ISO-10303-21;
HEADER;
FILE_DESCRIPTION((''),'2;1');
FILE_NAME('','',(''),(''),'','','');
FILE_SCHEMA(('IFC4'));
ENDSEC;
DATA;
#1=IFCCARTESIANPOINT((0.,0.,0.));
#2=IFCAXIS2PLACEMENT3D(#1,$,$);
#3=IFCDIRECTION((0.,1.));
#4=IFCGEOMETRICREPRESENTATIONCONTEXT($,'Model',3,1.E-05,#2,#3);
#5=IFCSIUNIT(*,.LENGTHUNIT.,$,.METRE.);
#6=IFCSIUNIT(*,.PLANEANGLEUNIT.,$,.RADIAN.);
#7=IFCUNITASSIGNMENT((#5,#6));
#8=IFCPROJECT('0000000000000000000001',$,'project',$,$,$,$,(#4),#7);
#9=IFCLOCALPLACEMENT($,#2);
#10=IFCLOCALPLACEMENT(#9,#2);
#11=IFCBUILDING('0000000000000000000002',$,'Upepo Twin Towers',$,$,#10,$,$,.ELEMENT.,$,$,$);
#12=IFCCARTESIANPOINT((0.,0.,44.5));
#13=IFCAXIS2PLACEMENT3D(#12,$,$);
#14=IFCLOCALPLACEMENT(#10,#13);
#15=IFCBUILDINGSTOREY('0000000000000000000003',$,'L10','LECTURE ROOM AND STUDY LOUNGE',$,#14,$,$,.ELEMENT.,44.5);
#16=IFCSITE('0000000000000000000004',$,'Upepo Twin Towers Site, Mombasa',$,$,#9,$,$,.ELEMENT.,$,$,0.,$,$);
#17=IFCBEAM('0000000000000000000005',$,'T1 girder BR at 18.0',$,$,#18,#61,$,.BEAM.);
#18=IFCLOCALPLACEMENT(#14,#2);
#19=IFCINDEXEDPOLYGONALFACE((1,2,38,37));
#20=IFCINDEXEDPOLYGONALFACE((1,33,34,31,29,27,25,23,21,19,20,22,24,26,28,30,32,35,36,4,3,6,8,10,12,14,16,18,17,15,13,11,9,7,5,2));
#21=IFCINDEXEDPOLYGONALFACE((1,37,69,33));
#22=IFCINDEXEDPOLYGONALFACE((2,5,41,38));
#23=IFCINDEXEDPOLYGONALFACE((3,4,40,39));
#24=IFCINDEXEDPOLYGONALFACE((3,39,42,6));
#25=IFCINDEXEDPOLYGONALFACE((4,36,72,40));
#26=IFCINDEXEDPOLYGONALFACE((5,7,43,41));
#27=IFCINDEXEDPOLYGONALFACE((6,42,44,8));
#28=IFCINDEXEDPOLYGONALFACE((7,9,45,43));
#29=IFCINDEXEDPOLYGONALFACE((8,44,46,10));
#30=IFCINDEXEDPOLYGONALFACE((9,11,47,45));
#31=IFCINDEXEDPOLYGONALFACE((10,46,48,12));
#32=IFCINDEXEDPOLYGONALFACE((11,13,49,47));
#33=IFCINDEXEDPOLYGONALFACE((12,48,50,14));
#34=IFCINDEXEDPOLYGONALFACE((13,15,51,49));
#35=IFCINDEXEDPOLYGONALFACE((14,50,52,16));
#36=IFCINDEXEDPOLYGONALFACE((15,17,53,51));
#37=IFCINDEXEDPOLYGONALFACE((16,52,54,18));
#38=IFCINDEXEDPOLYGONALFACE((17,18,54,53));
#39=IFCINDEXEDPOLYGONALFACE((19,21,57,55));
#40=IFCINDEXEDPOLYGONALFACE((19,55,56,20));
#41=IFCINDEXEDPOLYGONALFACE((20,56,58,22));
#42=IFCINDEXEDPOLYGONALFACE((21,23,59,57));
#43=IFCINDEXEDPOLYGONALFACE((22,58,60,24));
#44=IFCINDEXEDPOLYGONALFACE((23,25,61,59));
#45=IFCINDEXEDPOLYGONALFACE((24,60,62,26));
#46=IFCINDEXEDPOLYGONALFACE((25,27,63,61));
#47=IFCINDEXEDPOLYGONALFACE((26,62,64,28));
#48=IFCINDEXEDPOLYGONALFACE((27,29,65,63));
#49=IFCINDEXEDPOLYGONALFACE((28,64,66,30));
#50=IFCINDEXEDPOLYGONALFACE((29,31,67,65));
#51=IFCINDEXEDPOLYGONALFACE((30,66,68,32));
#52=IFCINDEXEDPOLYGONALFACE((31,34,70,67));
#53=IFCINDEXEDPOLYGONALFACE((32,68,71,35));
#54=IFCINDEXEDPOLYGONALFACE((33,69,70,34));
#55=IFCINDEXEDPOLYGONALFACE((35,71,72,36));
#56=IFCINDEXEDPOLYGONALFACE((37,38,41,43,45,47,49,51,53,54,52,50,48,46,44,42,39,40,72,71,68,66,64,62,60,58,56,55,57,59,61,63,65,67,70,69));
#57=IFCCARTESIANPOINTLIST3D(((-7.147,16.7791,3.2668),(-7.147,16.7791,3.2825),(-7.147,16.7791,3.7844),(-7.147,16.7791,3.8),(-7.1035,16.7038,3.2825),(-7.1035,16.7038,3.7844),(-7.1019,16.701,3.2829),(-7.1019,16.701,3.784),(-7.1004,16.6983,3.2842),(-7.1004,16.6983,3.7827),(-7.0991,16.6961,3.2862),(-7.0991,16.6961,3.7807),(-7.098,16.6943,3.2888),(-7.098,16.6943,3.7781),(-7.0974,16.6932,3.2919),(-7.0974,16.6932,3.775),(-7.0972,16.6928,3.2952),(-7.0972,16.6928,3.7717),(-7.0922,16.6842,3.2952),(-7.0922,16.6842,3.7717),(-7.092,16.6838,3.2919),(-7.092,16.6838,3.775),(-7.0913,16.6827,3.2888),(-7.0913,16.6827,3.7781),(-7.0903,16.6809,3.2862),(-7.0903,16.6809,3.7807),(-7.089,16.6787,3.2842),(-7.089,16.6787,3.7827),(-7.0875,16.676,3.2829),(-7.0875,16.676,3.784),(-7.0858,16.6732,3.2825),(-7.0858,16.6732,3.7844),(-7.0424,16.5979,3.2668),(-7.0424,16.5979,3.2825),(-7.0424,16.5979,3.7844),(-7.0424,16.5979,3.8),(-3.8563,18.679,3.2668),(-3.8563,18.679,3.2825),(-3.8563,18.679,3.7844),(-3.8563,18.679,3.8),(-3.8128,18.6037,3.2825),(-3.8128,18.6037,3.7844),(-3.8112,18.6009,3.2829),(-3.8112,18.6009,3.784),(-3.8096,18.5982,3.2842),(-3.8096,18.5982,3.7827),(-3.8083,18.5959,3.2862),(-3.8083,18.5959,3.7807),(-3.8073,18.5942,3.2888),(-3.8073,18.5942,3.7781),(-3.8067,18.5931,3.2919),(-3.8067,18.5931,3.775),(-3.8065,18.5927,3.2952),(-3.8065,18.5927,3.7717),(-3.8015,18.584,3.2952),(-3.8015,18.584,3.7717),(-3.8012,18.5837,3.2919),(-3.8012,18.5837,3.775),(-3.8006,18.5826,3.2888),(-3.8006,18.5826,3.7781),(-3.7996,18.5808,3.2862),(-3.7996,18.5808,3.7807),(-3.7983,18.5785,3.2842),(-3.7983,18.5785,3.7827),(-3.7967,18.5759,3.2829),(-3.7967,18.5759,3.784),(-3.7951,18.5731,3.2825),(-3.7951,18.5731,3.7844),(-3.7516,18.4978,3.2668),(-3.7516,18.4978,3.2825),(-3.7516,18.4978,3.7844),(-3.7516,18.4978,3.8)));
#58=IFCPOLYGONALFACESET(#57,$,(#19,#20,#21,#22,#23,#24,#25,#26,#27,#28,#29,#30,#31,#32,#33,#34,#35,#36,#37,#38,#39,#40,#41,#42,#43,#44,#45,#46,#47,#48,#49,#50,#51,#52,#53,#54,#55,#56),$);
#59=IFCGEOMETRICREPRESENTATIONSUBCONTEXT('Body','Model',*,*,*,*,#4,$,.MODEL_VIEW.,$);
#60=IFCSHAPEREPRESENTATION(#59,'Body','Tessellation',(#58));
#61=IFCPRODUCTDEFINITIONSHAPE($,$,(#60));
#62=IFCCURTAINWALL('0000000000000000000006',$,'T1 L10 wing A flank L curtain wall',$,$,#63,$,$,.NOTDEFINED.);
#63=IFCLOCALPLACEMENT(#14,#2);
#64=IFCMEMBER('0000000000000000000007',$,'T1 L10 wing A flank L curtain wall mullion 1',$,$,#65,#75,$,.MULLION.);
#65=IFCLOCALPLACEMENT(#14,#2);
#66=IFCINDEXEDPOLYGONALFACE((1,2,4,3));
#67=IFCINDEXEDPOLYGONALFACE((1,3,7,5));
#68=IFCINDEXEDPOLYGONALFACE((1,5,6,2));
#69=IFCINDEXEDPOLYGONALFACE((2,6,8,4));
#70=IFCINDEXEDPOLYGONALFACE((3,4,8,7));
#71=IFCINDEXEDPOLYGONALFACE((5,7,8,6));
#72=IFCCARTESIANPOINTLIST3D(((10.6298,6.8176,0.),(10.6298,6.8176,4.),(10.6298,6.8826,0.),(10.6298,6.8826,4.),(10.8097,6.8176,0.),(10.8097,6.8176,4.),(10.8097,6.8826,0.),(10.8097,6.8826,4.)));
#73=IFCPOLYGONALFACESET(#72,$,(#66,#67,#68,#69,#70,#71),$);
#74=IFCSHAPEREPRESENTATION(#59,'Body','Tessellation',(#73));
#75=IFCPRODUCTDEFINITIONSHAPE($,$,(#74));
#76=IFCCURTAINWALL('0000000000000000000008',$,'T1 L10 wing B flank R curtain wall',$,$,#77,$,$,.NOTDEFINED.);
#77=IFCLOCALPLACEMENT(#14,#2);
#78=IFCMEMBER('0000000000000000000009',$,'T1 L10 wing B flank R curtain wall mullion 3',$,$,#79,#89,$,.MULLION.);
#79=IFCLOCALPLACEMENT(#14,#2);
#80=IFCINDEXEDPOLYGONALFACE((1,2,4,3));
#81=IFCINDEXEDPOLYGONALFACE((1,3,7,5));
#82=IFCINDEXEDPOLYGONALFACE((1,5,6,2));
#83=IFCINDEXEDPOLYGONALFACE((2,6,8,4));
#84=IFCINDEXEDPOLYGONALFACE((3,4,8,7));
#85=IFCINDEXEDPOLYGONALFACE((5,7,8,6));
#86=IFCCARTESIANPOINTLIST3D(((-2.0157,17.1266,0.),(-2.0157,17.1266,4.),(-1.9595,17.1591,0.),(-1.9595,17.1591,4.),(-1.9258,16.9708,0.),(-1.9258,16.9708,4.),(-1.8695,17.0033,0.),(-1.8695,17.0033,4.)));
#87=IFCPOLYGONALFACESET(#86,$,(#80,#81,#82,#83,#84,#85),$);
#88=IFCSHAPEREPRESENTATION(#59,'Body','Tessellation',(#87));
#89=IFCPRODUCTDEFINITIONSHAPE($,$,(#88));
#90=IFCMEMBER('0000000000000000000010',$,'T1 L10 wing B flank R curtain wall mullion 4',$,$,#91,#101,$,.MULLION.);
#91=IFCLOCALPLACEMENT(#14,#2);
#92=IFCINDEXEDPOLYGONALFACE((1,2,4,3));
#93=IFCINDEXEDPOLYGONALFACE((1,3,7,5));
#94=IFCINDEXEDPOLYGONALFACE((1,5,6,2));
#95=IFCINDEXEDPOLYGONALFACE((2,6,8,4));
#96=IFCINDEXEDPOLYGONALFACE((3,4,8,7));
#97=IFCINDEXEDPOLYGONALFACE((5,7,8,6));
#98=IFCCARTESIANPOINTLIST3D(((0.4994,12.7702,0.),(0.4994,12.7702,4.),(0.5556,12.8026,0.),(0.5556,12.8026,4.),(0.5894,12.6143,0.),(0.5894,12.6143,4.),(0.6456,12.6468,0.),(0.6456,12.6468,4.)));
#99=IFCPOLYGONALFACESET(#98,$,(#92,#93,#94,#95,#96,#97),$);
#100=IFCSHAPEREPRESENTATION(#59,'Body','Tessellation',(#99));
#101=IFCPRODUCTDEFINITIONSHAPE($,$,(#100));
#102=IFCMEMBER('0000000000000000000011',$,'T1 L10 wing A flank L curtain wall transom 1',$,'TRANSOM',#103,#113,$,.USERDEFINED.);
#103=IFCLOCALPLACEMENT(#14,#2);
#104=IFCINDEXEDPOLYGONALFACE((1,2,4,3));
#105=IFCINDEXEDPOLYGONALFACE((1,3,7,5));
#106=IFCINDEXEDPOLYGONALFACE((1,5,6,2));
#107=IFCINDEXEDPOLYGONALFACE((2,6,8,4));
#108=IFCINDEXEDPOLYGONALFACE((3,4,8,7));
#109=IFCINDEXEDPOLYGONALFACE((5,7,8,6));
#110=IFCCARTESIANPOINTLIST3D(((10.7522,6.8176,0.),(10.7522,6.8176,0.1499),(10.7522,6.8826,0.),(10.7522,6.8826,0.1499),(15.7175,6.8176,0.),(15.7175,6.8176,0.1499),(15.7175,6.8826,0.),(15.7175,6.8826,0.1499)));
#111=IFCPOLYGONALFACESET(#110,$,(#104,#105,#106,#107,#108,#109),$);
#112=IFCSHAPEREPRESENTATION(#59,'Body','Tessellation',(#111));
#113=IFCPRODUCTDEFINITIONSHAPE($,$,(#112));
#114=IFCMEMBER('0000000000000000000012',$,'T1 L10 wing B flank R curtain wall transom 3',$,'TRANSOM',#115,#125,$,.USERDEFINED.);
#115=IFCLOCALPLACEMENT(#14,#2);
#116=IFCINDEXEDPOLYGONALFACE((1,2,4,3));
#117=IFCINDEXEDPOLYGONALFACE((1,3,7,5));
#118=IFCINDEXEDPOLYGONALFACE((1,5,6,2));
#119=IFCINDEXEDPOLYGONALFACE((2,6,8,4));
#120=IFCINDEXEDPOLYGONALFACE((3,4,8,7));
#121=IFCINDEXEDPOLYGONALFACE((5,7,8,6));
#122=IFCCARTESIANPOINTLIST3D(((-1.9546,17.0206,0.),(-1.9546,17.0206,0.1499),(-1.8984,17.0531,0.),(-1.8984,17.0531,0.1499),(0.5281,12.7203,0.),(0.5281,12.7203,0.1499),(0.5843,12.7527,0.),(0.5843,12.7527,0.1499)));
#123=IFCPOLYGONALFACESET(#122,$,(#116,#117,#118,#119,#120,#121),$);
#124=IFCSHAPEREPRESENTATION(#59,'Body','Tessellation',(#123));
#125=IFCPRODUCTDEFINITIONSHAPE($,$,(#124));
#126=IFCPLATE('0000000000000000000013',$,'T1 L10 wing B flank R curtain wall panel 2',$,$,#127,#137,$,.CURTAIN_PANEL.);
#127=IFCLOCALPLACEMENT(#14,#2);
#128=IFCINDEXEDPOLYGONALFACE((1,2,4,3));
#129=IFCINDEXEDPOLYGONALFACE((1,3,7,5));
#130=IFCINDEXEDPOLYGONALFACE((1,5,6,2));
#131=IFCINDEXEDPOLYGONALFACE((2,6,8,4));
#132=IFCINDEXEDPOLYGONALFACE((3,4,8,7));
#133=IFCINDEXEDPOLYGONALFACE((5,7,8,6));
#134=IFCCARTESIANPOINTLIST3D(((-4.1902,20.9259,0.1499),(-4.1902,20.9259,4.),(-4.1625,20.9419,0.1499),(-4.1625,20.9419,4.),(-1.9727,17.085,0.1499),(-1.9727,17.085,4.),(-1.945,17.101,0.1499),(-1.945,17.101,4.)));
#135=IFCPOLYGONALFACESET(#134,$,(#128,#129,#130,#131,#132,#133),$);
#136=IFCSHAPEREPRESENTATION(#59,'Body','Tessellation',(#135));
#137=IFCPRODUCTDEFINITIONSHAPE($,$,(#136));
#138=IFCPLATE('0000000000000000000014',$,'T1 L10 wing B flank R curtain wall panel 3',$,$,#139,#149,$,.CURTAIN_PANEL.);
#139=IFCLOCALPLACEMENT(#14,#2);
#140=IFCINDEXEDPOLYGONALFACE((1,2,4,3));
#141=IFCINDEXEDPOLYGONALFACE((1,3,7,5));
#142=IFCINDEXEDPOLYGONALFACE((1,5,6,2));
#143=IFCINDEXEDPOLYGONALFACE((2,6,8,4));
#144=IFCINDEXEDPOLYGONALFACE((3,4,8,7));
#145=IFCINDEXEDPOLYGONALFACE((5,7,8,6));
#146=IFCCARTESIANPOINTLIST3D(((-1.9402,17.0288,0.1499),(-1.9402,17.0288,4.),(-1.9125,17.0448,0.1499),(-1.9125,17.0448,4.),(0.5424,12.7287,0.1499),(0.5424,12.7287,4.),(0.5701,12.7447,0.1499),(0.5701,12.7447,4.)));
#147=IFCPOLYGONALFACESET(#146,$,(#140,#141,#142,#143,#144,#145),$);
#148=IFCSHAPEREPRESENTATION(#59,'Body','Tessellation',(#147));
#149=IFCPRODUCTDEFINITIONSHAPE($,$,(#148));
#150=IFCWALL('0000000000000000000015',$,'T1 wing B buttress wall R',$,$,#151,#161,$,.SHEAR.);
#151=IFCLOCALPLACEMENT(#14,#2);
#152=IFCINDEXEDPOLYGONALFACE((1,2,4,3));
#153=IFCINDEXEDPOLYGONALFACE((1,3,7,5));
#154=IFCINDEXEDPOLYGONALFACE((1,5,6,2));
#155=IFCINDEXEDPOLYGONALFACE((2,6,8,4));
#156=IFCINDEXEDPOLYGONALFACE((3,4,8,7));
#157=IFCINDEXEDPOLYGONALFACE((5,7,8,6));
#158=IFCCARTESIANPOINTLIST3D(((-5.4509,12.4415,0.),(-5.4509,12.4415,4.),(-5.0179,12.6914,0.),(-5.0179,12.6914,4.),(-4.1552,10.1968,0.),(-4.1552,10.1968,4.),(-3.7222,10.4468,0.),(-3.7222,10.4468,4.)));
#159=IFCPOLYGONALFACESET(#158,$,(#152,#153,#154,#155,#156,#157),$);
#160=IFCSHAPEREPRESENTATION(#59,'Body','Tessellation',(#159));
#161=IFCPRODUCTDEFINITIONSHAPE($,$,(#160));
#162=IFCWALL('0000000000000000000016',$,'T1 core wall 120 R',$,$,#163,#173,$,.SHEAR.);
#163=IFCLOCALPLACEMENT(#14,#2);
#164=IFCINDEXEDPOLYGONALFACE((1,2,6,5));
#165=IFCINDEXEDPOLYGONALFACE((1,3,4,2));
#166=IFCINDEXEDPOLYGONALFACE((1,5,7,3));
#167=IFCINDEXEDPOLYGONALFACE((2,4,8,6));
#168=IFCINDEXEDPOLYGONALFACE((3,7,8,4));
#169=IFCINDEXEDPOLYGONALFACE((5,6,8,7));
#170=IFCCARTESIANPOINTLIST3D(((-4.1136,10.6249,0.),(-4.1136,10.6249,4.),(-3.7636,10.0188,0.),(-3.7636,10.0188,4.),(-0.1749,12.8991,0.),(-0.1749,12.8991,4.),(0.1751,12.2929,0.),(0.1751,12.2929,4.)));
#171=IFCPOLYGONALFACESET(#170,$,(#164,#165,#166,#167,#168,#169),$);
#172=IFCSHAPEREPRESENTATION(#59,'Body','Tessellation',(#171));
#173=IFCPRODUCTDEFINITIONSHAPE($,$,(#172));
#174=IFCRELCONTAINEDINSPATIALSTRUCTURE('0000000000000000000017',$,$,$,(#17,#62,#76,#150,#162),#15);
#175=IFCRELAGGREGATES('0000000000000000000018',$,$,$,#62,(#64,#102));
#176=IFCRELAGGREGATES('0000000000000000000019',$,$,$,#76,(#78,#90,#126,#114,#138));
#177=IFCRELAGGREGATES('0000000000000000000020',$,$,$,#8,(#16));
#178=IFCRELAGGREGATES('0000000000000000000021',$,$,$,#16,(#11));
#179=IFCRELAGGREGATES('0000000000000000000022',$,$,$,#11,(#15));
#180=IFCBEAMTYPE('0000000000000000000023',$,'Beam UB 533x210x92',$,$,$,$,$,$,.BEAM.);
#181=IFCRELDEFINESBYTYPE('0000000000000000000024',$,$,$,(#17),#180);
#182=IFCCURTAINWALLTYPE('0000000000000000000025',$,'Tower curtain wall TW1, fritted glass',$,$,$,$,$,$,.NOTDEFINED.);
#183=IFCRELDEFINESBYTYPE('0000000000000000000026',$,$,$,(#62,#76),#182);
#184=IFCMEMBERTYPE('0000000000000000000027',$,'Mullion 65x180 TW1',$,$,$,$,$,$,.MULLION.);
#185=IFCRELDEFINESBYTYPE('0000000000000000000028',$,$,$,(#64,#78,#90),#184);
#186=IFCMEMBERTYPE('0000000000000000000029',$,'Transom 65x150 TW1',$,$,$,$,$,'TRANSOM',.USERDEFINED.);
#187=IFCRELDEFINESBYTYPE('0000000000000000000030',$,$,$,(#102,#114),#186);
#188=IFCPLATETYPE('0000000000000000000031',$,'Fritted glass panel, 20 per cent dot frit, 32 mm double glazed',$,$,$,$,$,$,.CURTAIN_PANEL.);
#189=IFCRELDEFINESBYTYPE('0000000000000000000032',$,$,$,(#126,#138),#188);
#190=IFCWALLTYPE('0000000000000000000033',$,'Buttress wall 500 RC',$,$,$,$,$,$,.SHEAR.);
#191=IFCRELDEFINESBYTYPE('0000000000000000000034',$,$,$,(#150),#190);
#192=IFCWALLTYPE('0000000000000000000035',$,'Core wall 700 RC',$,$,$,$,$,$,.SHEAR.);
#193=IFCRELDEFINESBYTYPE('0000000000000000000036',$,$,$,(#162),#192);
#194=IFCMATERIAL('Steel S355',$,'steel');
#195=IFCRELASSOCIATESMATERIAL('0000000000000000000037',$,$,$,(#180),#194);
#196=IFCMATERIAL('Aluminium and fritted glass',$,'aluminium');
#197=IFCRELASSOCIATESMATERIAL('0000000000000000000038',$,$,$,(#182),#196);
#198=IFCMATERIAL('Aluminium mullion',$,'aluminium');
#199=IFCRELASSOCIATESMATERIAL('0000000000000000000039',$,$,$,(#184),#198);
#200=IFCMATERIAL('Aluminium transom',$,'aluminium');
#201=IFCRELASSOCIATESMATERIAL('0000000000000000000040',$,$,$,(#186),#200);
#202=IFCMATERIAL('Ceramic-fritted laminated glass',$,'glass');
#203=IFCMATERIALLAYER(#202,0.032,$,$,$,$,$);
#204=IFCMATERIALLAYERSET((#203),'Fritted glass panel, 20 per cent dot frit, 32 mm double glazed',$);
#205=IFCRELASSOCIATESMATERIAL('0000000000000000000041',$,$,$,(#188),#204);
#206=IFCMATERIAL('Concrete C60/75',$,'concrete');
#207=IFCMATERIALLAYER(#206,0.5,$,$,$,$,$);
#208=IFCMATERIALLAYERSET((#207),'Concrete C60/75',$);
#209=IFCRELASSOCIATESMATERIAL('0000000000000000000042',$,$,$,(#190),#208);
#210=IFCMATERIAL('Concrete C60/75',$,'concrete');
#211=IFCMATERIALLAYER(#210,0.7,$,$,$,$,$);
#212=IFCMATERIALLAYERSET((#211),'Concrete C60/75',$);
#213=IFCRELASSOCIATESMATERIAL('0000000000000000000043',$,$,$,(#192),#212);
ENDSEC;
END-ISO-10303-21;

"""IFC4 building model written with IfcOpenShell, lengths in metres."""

from ifc_helpers import new_model, si_unit, direction, frame, frame_2d, origin, origin_2d, place, context, subcontext, project, spatial, rectangle, i_section, extrude, material, layer, layer_set, material_profile, profile_set, type_object, element, aggregate, save


model = new_model("IFC4")

# Units and contexts
model_context = context("Model", 3, precision=1e-05, world=origin(), true_north=direction((0.0, 1.0)))
body_context = subcontext(model_context, "Body", "Model", "MODEL_VIEW")
ifc_project = project(units=[si_unit("LENGTHUNIT", "METRE"), si_unit("PLANEANGLEUNIT", "RADIAN")], contexts=[model_context])

# Site, building, storey
site_placement = place(None, origin())
site = spatial("IfcSite", under=ifc_project, at=site_placement, Name="Upepo Twin Towers Site, Mombasa", CompositionType="ELEMENT", RefElevation=0.0)
building_placement = place(site_placement, origin())
building = spatial("IfcBuilding", under=site, at=building_placement, Name="Upepo Twin Towers", CompositionType="ELEMENT")
storey_placement = place(building_placement, frame((0.0, 0.0, 44.5)))
storey = spatial("IfcBuildingStorey", under=building, at=storey_placement, Name="L10", Description="LECTURE ROOM AND STUDY LOUNGE", CompositionType="ELEMENT", Elevation=44.5)

# Beam
ifc_material_1 = material(Name="Steel S355", Category="steel")
ifc_material_profile_1 = material_profile(ifc_material_1, i_section(OverallWidth=0.2092, OverallDepth=0.5332, WebThickness=0.01, FlangeThickness=0.0156, FilletRadius=0.0127, at=origin_2d()), Name="UB 533x210x92")
ifc_profile_set_1 = profile_set([ifc_material_profile_1], Name="Steel S355")
beam_type_1 = type_object("IfcBeamType", Name="Beam UB 533x210x92", PredefinedType="BEAM", material=ifc_profile_set_1)
beam_1_placement = place(storey_placement, frame((-3.804, 18.5884, 3.5334), z_axis=(-0.866028, -0.499995, 0.0), x_axis=(0.499995, -0.866028, 0.0)))
element("IfcBeam", 1, at=beam_1_placement, inside=storey, type_object=beam_type_1, Name="T1 girder BR at 18.0", PredefinedType="BEAM", context=body_context, shape_type="SweptSolid", body=[
    extrude(i_section(OverallWidth=0.2092, OverallDepth=0.5332, WebThickness=0.01, FlangeThickness=0.0156, FilletRadius=0.0127, at=origin_2d()), origin(), (0.0, 0.0, 1.0), 3.7998),
])

# Curtain wall, member
ifc_material_2 = material(Name="Aluminium and fritted glass", Category="aluminium")
curtain_wall_type = type_object("IfcCurtainWallType", Name="Tower curtain wall TW1, fritted glass", PredefinedType="NOTDEFINED", material=ifc_material_2)
curtain_wall_1_placement = place(storey_placement, origin())
curtain_wall_1 = element("IfcCurtainWall", 2, at=curtain_wall_1_placement, inside=storey, type_object=curtain_wall_type, Name="T1 L10 wing A flank L curtain wall", PredefinedType="NOTDEFINED")
ifc_material_3 = material(Name="Aluminium mullion", Category="aluminium")
ifc_material_profile_2 = material_profile(ifc_material_3, rectangle(XDim=0.0649, YDim=0.1799, at=origin_2d()), Name="MULLION 65x180")
ifc_profile_set_2 = profile_set([ifc_material_profile_2], Name="Aluminium mullion")
member_type_1 = type_object("IfcMemberType", Name="Mullion 65x180 TW1", PredefinedType="MULLION", material=ifc_profile_set_2)
member_1_placement = place(storey_placement, frame((10.7197, 6.8501, 0.0), z_axis=(0.0, 0.0, 1.0), x_axis=(0.0, 1.0, 0.0)))
member_1 = element("IfcMember", 3, at=member_1_placement, type_object=member_type_1, Name="T1 L10 wing A flank L curtain wall mullion 1", PredefinedType="MULLION", context=body_context, shape_type="SweptSolid", body=[
    extrude(rectangle(XDim=0.0649, YDim=0.1799, at=origin_2d()), origin(), (0.0, 0.0, 1.0), 4.0),
])

# Curtain wall, members
curtain_wall_2_placement = place(storey_placement, origin())
curtain_wall_2 = element("IfcCurtainWall", 4, at=curtain_wall_2_placement, inside=storey, type_object=curtain_wall_type, Name="T1 L10 wing B flank R curtain wall", PredefinedType="NOTDEFINED")
member_2_placement = place(storey_placement, frame((-1.9426, 17.0649, 0.0), z_axis=(0.0, 0.0, 1.0), x_axis=(0.866025, 0.5, 0.0)))
member_2 = element("IfcMember", 5, at=member_2_placement, type_object=member_type_1, Name="T1 L10 wing B flank R curtain wall mullion 3", PredefinedType="MULLION", context=body_context, shape_type="SweptSolid", body=[
    extrude(rectangle(XDim=0.0649, YDim=0.1799, at=origin_2d()), origin(), (0.0, 0.0, 1.0), 4.0),
])
member_3_placement = place(storey_placement, frame((0.5725, 12.7085, 0.0), z_axis=(0.0, 0.0, 1.0), x_axis=(0.866025, 0.5, 0.0)))
member_3 = element("IfcMember", 6, at=member_3_placement, type_object=member_type_1, Name="T1 L10 wing B flank R curtain wall mullion 4", PredefinedType="MULLION", context=body_context, shape_type="SweptSolid", body=[
    extrude(rectangle(XDim=0.0649, YDim=0.1799, at=origin_2d()), origin(), (0.0, 0.0, 1.0), 4.0),
])

# Members
ifc_material_4 = material(Name="Aluminium transom", Category="aluminium")
ifc_material_profile_3 = material_profile(ifc_material_4, rectangle(XDim=0.0649, YDim=0.1499, at=origin_2d()), Name="TRANSOM 65x150")
ifc_profile_set_3 = profile_set([ifc_material_profile_3], Name="Aluminium transom")
member_type_2 = type_object("IfcMemberType", Name="Transom 65x150 TW1", ElementType="TRANSOM", PredefinedType="USERDEFINED", material=ifc_profile_set_3)
member_4_placement = place(storey_placement, frame((10.7522, 6.8501, 0.075), z_axis=(1.0, 0.0, 0.0), x_axis=(0.0, 1.0, 0.0)))
member_4 = element("IfcMember", 7, at=member_4_placement, type_object=member_type_2, Name="T1 L10 wing A flank L curtain wall transom 1", ObjectType="TRANSOM", PredefinedType="USERDEFINED", context=body_context, shape_type="SweptSolid", body=[
    extrude(rectangle(XDim=0.0649, YDim=0.1499, at=origin_2d()), origin(), (0.0, 0.0, 1.0), 4.9653),
])
aggregate(curtain_wall_1, [member_1, member_4])
member_5_placement = place(storey_placement, frame((-1.9265, 17.0369, 0.075), z_axis=(0.499983, -0.866035, 0.0), x_axis=(0.866035, 0.499983, 0.0)))
member_5 = element("IfcMember", 8, at=member_5_placement, type_object=member_type_2, Name="T1 L10 wing B flank R curtain wall transom 3", ObjectType="TRANSOM", PredefinedType="USERDEFINED", context=body_context, shape_type="SweptSolid", body=[
    extrude(rectangle(XDim=0.0649, YDim=0.1499, at=origin_2d()), origin(), (0.0, 0.0, 1.0), 4.9656),
])

# Plates
ifc_material_5 = material(Name="Ceramic-fritted laminated glass", Category="glass")
ifc_layer_1 = layer(ifc_material_5, 0.032)
ifc_layer_set_1 = layer_set([ifc_layer_1], Name="Fritted glass panel, 20 per cent dot frit, 32 mm double glazed")
plate_type = type_object("IfcPlateType", Name="Fritted glass panel, 20 per cent dot frit, 32 mm double glazed", PredefinedType="CURTAIN_PANEL", material=ifc_layer_set_1)
plate_1_placement = place(storey_placement, frame((-3.0676, 19.0134, 0.1499), z_axis=(0.0, 0.0, 1.0), x_axis=(0.5, -0.866025, 0.0)))
plate_1 = element("IfcPlate", 9, at=plate_1_placement, type_object=plate_type, Name="T1 L10 wing B flank R curtain wall panel 2", PredefinedType="CURTAIN_PANEL", context=body_context, shape_type="SweptSolid", body=[
    extrude(rectangle(XDim=4.4351, YDim=0.032, at=origin_2d()), origin(), (0.0, 0.0, 1.0), 3.8501),
])
plate_2_placement = place(storey_placement, frame((-0.6851, 14.8867, 0.1499), z_axis=(0.0, 0.0, 1.0), x_axis=(0.5, -0.866025, 0.0)))
plate_2 = element("IfcPlate", 10, at=plate_2_placement, type_object=plate_type, Name="T1 L10 wing B flank R curtain wall panel 3", PredefinedType="CURTAIN_PANEL", context=body_context, shape_type="SweptSolid", body=[
    extrude(rectangle(XDim=4.9653, YDim=0.032, at=origin_2d()), origin(), (0.0, 0.0, 1.0), 3.8501),
])
aggregate(curtain_wall_2, [member_2, member_3, plate_1, member_5, plate_2])

# Walls
ifc_material_6 = material(Name="Concrete C60/75", Category="concrete")
ifc_layer_2 = layer(ifc_material_6, 0.5)
ifc_layer_set_2 = layer_set([ifc_layer_2], Name="Concrete C60/75")
wall_type_1 = type_object("IfcWallType", Name="Buttress wall 500 RC", PredefinedType="SHEAR", material=ifc_layer_set_2)
wall_1_placement = place(storey_placement, frame((-3.9387, 10.3218, 0.0), z_axis=(0.0, 0.0, 1.0), x_axis=(-0.499918, 0.866073, 0.0)))
element("IfcWall", 11, at=wall_1_placement, inside=storey, type_object=wall_type_1, Name="T1 wing B buttress wall R", PredefinedType="SHEAR", context=body_context, shape_type="SweptSolid", body=[
    extrude(rectangle(XDim=2.5918, YDim=0.5, at=frame_2d((1.2959, 0.0))), origin(), (0.0, 0.0, 1.0), 4.0),
])
ifc_material_7 = material(Name="Concrete C60/75", Category="concrete")
ifc_layer_3 = layer(ifc_material_7, 0.7)
ifc_layer_set_3 = layer_set([ifc_layer_3], Name="Concrete C60/75")
wall_type_2 = type_object("IfcWallType", Name="Core wall 700 RC", PredefinedType="SHEAR", material=ifc_layer_set_3)
wall_2_placement = place(storey_placement, frame((0.0, 12.5959, 0.0), z_axis=(0.0, 0.0, 1.0), x_axis=(-0.866011, -0.500024, 0.0)))
element("IfcWall", 12, at=wall_2_placement, inside=storey, type_object=wall_type_2, Name="T1 core wall 120 R", PredefinedType="SHEAR", context=body_context, shape_type="SweptSolid", body=[
    extrude(rectangle(XDim=4.5481, YDim=0.7, at=frame_2d((2.2739, 0.0))), origin(), (0.0, 0.0, 1.0), 4.0),
])

save(model, "model.ifc")
